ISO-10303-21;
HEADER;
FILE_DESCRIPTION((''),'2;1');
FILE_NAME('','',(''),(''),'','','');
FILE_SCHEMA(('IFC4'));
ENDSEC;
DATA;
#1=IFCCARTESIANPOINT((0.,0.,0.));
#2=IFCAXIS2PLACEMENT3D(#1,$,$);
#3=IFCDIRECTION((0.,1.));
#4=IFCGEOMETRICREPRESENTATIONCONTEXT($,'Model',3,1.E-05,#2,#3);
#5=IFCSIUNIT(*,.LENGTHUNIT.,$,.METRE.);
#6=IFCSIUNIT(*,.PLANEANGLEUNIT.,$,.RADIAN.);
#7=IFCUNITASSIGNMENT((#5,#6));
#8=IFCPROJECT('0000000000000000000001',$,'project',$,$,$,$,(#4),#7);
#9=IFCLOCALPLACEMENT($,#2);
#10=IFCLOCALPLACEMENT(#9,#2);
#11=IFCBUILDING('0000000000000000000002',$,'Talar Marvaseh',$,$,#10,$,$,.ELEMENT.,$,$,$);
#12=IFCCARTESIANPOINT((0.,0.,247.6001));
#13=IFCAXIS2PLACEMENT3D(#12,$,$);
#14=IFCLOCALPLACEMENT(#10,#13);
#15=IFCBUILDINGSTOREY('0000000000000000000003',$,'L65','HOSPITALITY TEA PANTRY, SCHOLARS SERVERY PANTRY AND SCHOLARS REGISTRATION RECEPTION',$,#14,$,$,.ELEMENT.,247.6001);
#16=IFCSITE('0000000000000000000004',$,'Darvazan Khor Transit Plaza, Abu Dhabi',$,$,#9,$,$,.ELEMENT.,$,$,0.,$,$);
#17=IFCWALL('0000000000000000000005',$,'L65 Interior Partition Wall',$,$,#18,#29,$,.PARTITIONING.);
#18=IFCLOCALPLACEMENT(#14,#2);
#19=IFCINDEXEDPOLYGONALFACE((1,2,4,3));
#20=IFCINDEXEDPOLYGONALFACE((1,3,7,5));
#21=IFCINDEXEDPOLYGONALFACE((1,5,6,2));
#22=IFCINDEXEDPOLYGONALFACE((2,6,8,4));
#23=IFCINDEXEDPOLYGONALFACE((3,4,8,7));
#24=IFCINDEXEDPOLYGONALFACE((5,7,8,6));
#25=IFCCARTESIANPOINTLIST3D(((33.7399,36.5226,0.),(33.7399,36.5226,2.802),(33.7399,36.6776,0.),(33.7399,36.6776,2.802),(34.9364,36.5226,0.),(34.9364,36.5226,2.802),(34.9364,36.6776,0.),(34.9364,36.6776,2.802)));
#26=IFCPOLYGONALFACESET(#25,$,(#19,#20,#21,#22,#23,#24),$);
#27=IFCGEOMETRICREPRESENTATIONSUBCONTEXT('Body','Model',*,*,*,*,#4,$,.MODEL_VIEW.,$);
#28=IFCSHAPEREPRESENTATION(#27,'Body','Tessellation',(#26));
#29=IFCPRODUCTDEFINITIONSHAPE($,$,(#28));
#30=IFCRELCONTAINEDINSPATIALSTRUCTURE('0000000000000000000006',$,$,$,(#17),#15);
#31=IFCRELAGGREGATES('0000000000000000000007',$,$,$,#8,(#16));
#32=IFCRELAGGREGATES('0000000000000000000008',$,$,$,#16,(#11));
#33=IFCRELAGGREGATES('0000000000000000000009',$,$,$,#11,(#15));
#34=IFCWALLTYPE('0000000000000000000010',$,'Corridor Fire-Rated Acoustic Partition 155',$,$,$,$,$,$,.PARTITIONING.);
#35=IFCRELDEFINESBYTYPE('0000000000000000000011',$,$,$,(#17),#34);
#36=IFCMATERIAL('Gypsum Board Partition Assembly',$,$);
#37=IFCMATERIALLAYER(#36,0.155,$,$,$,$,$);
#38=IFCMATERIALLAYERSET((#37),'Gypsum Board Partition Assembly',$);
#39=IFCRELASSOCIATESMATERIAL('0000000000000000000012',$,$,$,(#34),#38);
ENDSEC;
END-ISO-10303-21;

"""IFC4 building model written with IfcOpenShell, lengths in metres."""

from ifc_helpers import new_model, si_unit, direction, frame, frame_2d, origin, place, context, subcontext, project, spatial, rectangle, extrude, material, layer, layer_set, type_object, element, save


model = new_model("IFC4")

# Units and contexts
model_context = context("Model", 3, precision=1e-05, world=origin(), true_north=direction((0.0, 1.0)))
body_context = subcontext(model_context, "Body", "Model", "MODEL_VIEW")
ifc_project = project(units=[si_unit("LENGTHUNIT", "METRE"), si_unit("PLANEANGLEUNIT", "RADIAN")], contexts=[model_context])

# Site, building, storey
site_placement = place(None, origin())
site = spatial("IfcSite", under=ifc_project, at=site_placement, Name="Darvazan Khor Transit Plaza, Abu Dhabi", CompositionType="ELEMENT", RefElevation=0.0)
building_placement = place(site_placement, origin())
building = spatial("IfcBuilding", under=site, at=building_placement, Name="Talar Marvaseh", CompositionType="ELEMENT")
storey_placement = place(building_placement, frame((0.0, 0.0, 247.6001)))
storey = spatial("IfcBuildingStorey", under=building, at=storey_placement, Name="L65", Description="HOSPITALITY TEA PANTRY, SCHOLARS SERVERY PANTRY AND SCHOLARS REGISTRATION RECEPTION", CompositionType="ELEMENT", Elevation=247.6001)

# Shared definitions
ifc_material_1 = material(Name="Gypsum Board Partition Assembly")
ifc_layer_1 = layer(ifc_material_1, 0.155)
ifc_layer_set_1 = layer_set([ifc_layer_1], Name="Gypsum Board Partition Assembly")
wall_type_1 = type_object("IfcWallType", Name="Corridor Fire-Rated Acoustic Partition 155", PredefinedType="PARTITIONING", material=ifc_layer_set_1)

# Wall
wall_1_placement = place(storey_placement, frame((33.74, 36.6001, 0.0), z_axis=(0.0, 0.0, 1.0), x_axis=(1.0, 0.0, 0.0)))
element("IfcWall", 1, at=wall_1_placement, inside=storey, type_object=wall_type_1, Name="L65 Interior Partition Wall", PredefinedType="PARTITIONING", context=body_context, shape_type="SweptSolid", body=[
    extrude(rectangle(XDim=1.1965, YDim=0.155, at=frame_2d((0.5981, 0.0))), origin(), (0.0, 0.0, 1.0), 2.802),
])

save(model, "model.ifc")
